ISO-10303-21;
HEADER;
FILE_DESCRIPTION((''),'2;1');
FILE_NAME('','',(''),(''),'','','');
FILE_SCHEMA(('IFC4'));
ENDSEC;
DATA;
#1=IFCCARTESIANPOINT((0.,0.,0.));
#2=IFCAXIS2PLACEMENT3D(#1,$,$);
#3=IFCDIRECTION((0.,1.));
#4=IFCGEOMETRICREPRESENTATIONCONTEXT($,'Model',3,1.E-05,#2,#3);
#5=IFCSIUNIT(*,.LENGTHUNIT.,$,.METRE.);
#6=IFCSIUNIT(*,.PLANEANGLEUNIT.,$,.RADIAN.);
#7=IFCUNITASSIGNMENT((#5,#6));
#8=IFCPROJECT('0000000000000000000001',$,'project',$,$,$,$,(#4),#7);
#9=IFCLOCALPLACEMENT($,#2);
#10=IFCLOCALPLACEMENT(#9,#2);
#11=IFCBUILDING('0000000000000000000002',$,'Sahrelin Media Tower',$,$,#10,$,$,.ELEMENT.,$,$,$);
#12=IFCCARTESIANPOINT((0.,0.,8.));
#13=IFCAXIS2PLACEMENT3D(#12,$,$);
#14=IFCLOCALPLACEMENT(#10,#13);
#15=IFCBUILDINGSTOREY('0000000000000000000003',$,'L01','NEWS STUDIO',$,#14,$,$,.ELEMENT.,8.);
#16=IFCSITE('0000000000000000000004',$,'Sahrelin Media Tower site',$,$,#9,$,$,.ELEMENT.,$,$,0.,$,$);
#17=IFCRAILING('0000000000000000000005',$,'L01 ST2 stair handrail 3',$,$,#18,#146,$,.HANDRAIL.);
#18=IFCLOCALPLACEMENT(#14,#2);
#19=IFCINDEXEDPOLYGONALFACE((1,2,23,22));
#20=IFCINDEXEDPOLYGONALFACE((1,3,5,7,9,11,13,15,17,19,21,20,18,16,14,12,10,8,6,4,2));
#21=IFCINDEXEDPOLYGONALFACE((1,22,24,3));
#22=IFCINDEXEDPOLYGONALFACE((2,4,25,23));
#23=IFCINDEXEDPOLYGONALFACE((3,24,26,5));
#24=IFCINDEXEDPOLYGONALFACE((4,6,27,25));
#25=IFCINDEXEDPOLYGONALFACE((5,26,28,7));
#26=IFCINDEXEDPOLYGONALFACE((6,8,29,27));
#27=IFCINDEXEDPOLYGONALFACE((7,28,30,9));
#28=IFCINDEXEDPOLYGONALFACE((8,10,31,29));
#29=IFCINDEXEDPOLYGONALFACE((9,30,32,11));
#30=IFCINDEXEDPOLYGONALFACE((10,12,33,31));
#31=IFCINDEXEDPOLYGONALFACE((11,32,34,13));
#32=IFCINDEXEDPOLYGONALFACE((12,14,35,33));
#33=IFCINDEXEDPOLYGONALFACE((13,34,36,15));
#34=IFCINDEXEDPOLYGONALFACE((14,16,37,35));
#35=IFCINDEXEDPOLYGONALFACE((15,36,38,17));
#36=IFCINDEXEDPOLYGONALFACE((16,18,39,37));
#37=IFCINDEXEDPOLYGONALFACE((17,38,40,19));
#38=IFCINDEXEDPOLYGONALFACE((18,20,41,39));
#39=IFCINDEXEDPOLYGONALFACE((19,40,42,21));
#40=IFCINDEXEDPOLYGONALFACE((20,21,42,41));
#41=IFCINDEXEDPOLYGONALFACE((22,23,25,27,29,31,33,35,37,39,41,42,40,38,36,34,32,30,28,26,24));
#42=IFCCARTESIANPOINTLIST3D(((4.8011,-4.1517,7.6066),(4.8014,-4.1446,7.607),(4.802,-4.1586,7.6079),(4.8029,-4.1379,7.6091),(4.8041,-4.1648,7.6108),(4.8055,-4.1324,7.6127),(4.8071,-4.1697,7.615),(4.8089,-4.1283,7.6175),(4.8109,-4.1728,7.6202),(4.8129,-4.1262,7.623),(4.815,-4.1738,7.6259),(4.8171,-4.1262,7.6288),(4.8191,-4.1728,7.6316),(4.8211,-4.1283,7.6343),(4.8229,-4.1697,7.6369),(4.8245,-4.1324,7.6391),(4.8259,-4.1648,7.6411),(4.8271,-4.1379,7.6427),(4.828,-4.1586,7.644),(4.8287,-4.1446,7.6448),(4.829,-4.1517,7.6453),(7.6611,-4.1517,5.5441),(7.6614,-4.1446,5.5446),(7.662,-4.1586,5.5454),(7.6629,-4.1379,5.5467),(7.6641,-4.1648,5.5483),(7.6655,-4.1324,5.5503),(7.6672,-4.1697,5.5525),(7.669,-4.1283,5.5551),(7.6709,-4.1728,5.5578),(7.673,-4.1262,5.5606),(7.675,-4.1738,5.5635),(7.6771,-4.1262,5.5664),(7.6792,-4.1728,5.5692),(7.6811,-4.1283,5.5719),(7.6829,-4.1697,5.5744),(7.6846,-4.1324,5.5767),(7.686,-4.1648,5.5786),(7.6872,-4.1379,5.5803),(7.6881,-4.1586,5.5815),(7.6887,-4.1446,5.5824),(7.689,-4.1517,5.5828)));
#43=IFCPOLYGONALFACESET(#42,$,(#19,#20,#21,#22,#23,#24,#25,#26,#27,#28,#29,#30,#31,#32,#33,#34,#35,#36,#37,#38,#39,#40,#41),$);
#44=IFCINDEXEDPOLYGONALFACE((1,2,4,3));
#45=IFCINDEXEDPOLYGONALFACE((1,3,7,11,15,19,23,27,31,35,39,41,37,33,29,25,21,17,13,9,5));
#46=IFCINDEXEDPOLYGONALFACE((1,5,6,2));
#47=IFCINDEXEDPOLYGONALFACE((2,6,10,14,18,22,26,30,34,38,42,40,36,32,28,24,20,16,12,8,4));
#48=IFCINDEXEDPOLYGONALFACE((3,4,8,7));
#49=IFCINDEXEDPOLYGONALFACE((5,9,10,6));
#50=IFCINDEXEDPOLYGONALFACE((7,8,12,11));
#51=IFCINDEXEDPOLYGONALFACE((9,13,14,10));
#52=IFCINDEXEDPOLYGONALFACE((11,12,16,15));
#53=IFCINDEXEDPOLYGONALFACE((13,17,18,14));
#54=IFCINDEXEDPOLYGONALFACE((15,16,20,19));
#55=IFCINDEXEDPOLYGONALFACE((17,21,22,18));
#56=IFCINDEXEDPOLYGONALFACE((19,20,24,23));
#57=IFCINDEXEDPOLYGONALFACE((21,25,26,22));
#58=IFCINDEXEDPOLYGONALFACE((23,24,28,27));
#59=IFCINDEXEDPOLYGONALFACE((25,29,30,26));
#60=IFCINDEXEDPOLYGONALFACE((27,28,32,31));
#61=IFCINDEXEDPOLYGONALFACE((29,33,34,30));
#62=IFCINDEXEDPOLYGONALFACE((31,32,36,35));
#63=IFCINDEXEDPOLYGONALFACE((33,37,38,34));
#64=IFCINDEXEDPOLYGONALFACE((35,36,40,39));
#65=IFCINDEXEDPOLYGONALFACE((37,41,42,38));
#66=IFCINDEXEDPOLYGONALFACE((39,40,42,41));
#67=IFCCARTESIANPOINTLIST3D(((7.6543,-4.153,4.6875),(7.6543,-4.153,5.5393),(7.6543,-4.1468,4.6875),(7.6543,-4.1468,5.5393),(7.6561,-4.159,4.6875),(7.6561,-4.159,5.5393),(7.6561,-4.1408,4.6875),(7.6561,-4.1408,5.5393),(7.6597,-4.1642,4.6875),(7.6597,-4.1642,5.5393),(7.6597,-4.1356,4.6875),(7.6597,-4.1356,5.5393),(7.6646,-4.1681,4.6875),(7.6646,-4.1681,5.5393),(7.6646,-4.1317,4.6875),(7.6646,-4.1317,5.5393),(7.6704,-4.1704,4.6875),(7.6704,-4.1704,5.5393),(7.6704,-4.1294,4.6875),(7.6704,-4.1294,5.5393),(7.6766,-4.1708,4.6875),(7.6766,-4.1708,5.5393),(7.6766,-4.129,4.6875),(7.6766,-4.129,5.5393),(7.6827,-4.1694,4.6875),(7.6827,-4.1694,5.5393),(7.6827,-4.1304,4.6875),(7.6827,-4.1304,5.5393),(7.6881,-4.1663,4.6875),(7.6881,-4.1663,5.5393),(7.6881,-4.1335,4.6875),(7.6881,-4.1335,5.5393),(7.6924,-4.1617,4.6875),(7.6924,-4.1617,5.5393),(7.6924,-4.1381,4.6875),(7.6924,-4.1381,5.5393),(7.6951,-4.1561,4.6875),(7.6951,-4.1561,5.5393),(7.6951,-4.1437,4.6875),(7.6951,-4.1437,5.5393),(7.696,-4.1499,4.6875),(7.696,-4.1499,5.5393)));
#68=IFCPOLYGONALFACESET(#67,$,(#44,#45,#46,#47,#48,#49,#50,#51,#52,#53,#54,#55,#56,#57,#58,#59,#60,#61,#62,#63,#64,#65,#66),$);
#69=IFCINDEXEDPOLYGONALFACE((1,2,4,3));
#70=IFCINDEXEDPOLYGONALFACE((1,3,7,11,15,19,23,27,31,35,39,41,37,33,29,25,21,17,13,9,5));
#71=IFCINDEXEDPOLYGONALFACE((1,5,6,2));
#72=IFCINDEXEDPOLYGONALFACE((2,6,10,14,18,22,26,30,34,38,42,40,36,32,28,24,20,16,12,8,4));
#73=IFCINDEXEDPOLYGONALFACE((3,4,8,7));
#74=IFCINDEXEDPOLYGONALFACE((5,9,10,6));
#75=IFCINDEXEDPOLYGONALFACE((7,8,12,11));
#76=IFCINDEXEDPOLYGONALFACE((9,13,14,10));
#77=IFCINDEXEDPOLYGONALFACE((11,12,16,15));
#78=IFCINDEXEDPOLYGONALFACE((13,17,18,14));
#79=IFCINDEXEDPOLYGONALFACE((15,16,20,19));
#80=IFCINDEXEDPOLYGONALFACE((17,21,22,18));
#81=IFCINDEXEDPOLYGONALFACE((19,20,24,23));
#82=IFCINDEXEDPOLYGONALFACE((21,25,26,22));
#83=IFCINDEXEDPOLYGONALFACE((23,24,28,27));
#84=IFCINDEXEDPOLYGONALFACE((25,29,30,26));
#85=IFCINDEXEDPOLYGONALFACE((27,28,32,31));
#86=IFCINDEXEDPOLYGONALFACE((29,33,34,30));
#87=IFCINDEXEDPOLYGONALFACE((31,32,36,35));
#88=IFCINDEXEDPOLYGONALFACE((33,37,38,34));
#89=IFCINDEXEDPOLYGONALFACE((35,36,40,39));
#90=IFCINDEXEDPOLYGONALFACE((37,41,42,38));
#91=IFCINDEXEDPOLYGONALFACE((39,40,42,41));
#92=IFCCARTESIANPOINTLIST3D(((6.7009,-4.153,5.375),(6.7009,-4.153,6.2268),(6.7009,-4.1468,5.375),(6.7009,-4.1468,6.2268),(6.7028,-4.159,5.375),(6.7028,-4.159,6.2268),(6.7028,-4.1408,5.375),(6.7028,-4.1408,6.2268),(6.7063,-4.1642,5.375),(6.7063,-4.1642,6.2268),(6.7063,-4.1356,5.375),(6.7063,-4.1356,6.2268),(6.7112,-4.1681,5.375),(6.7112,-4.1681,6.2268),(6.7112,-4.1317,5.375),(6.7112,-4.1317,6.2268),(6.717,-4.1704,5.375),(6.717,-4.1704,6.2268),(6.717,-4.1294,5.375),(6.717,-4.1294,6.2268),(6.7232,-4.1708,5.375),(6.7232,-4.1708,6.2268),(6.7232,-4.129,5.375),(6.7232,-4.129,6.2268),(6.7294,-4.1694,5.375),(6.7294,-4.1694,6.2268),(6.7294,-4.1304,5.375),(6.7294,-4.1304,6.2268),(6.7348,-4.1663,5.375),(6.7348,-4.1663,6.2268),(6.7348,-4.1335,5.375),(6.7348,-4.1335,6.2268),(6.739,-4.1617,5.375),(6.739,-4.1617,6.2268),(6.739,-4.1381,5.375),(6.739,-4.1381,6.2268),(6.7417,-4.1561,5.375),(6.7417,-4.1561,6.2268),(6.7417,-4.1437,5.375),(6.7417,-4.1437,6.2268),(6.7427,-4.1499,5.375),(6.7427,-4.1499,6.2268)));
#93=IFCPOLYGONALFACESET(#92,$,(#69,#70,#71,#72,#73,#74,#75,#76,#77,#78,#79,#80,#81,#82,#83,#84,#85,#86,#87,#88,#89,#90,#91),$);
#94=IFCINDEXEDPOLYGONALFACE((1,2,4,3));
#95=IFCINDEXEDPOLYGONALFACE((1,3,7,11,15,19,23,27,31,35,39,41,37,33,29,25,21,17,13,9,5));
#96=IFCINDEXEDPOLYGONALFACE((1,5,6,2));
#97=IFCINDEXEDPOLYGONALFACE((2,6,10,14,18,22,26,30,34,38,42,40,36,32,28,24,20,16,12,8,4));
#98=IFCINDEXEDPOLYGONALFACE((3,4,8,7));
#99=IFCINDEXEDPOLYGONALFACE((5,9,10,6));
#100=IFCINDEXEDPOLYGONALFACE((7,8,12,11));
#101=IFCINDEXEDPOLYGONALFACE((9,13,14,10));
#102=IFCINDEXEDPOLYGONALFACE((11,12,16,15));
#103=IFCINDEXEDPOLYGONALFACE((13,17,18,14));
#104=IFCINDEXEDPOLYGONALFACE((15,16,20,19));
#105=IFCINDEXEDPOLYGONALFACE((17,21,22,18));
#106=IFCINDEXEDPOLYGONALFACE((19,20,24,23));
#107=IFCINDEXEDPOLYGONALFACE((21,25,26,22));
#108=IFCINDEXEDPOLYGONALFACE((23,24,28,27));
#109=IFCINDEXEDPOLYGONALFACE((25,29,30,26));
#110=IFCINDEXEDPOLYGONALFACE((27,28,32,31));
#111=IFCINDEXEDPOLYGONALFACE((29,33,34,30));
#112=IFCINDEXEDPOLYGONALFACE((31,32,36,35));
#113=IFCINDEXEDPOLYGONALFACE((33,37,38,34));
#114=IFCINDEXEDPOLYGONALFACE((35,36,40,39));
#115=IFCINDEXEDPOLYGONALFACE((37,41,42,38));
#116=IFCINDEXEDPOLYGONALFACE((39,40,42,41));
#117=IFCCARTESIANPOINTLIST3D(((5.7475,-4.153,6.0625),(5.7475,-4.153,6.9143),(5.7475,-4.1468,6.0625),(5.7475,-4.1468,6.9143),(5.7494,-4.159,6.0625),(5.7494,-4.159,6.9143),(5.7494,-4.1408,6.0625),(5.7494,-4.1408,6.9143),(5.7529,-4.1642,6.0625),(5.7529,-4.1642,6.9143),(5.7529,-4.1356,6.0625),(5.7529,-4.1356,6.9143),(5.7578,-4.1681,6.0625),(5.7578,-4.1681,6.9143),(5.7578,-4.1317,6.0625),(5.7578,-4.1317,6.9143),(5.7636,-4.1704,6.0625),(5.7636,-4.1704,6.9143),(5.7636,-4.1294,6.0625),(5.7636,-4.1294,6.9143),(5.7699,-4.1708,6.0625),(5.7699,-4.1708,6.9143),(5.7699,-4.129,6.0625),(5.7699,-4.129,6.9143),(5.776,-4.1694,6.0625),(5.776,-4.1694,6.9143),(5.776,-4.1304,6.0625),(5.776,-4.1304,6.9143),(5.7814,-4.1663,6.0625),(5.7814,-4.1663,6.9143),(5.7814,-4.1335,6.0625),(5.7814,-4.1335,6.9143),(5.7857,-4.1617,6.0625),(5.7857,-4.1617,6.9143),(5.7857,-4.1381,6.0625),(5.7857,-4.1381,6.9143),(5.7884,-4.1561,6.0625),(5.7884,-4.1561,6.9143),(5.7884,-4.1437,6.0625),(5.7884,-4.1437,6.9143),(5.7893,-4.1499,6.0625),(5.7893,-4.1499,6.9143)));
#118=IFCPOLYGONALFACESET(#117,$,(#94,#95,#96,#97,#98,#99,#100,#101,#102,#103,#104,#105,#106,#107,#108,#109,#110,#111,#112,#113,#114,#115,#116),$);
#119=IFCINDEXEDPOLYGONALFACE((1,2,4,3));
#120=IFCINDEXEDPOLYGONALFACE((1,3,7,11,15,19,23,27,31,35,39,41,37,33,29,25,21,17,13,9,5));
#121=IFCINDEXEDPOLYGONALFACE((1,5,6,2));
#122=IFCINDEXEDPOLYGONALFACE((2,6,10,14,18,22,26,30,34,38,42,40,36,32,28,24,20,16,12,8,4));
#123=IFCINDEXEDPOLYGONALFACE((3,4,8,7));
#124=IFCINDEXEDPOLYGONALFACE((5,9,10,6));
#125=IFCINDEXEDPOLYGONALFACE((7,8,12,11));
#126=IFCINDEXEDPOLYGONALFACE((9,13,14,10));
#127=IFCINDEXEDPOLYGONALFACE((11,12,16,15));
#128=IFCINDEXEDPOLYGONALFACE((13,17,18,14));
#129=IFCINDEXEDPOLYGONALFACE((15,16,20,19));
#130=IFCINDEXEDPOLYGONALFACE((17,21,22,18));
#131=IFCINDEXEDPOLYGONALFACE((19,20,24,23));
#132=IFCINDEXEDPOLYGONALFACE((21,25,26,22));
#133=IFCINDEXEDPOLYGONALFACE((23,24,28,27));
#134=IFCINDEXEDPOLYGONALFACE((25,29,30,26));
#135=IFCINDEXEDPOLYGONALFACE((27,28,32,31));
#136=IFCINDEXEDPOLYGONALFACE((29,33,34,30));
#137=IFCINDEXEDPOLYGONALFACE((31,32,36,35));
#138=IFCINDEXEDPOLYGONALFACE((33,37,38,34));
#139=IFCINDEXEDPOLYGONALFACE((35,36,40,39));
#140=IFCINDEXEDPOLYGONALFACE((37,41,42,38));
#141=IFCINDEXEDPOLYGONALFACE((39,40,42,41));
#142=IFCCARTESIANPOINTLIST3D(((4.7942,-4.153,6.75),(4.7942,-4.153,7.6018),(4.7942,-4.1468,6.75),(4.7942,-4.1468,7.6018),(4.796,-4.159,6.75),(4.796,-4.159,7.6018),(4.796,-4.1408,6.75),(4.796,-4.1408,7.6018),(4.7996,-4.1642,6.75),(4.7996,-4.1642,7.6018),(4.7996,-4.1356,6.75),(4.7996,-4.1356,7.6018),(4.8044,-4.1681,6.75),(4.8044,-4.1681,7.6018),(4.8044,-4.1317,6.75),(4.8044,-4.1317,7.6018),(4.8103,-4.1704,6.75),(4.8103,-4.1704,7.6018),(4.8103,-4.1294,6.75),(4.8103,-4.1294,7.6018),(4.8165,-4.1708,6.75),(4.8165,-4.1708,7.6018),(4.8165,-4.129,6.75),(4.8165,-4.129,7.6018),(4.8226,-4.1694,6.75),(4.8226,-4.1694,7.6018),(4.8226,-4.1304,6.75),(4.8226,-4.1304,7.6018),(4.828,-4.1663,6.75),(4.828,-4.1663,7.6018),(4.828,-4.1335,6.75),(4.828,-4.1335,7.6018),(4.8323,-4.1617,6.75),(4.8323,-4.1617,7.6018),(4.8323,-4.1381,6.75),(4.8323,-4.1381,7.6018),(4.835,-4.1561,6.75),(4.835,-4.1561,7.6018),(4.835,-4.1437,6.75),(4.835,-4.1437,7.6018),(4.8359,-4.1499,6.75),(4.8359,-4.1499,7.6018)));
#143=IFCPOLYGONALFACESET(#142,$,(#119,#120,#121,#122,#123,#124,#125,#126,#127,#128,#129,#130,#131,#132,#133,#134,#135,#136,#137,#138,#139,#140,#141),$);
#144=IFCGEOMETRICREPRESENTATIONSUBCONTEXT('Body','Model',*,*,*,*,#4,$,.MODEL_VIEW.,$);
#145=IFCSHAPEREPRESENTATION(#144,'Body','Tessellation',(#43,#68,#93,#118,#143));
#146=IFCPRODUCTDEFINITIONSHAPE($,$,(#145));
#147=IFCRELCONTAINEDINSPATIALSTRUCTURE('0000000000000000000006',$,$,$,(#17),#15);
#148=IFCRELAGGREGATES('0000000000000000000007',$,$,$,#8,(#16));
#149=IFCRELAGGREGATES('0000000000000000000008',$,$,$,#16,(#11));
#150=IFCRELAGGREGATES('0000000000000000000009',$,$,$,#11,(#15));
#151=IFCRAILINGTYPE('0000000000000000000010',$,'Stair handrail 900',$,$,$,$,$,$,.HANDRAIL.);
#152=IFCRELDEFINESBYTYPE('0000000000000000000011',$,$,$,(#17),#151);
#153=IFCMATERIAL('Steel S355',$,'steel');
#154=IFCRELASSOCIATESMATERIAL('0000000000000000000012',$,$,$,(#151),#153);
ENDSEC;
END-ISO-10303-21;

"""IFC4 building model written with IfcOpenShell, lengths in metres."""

from ifc_helpers import new_model, si_unit, direction, frame, origin, origin_2d, place, context, subcontext, project, spatial, circle, extrude, material, type_object, element, save


model = new_model("IFC4")

# Units and contexts
model_context = context("Model", 3, precision=1e-05, world=origin(), true_north=direction((0.0, 1.0)))
body_context = subcontext(model_context, "Body", "Model", "MODEL_VIEW")
ifc_project = project(units=[si_unit("LENGTHUNIT", "METRE"), si_unit("PLANEANGLEUNIT", "RADIAN")], contexts=[model_context])

# Site, building, storey
site_placement = place(None, origin())
site = spatial("IfcSite", under=ifc_project, at=site_placement, Name="Sahrelin Media Tower site", CompositionType="ELEMENT", RefElevation=0.0)
building_placement = place(site_placement, origin())
building = spatial("IfcBuilding", under=site, at=building_placement, Name="Sahrelin Media Tower", CompositionType="ELEMENT")
storey_placement = place(building_placement, frame((0.0, 0.0, 8.0)))
storey = spatial("IfcBuildingStorey", under=building, at=storey_placement, Name="L01", Description="NEWS STUDIO", CompositionType="ELEMENT", Elevation=8.0)

# Railing
ifc_material_1 = material(Name="Steel S355", Category="steel")
railing_type_1 = type_object("IfcRailingType", Name="Stair handrail 900", PredefinedType="HANDRAIL", material=ifc_material_1)
railing_1_placement = place(storey_placement, frame((7.675, -4.1499, 4.6875)))
element("IfcRailing", 1, at=railing_1_placement, inside=storey, type_object=railing_type_1, Name="L01 ST2 stair handrail 3", PredefinedType="HANDRAIL", context=body_context, shape_type="SweptSolid", body=[
    extrude(circle(Radius=0.0239, at=origin_2d()), frame((0.0, 0.0, 0.876), z_axis=(-0.811101, 0.0, 0.584906), x_axis=(0.0, -1.0, 0.0)), (0.0, 0.0, 1.0), 3.5261),
    extrude(circle(Radius=0.021, at=origin_2d()), origin(), (0.0, 0.0, 1.0), 0.8518),
    extrude(circle(Radius=0.021, at=origin_2d()), frame((-0.9534, 0.0, 0.6875)), (0.0, 0.0, 1.0), 0.8518),
    extrude(circle(Radius=0.021, at=origin_2d()), frame((-1.9067, 0.0, 1.375)), (0.0, 0.0, 1.0), 0.8518),
    extrude(circle(Radius=0.021, at=origin_2d()), frame((-2.8601, 0.0, 2.0625)), (0.0, 0.0, 1.0), 0.8518),
])

save(model, "model.ifc")
